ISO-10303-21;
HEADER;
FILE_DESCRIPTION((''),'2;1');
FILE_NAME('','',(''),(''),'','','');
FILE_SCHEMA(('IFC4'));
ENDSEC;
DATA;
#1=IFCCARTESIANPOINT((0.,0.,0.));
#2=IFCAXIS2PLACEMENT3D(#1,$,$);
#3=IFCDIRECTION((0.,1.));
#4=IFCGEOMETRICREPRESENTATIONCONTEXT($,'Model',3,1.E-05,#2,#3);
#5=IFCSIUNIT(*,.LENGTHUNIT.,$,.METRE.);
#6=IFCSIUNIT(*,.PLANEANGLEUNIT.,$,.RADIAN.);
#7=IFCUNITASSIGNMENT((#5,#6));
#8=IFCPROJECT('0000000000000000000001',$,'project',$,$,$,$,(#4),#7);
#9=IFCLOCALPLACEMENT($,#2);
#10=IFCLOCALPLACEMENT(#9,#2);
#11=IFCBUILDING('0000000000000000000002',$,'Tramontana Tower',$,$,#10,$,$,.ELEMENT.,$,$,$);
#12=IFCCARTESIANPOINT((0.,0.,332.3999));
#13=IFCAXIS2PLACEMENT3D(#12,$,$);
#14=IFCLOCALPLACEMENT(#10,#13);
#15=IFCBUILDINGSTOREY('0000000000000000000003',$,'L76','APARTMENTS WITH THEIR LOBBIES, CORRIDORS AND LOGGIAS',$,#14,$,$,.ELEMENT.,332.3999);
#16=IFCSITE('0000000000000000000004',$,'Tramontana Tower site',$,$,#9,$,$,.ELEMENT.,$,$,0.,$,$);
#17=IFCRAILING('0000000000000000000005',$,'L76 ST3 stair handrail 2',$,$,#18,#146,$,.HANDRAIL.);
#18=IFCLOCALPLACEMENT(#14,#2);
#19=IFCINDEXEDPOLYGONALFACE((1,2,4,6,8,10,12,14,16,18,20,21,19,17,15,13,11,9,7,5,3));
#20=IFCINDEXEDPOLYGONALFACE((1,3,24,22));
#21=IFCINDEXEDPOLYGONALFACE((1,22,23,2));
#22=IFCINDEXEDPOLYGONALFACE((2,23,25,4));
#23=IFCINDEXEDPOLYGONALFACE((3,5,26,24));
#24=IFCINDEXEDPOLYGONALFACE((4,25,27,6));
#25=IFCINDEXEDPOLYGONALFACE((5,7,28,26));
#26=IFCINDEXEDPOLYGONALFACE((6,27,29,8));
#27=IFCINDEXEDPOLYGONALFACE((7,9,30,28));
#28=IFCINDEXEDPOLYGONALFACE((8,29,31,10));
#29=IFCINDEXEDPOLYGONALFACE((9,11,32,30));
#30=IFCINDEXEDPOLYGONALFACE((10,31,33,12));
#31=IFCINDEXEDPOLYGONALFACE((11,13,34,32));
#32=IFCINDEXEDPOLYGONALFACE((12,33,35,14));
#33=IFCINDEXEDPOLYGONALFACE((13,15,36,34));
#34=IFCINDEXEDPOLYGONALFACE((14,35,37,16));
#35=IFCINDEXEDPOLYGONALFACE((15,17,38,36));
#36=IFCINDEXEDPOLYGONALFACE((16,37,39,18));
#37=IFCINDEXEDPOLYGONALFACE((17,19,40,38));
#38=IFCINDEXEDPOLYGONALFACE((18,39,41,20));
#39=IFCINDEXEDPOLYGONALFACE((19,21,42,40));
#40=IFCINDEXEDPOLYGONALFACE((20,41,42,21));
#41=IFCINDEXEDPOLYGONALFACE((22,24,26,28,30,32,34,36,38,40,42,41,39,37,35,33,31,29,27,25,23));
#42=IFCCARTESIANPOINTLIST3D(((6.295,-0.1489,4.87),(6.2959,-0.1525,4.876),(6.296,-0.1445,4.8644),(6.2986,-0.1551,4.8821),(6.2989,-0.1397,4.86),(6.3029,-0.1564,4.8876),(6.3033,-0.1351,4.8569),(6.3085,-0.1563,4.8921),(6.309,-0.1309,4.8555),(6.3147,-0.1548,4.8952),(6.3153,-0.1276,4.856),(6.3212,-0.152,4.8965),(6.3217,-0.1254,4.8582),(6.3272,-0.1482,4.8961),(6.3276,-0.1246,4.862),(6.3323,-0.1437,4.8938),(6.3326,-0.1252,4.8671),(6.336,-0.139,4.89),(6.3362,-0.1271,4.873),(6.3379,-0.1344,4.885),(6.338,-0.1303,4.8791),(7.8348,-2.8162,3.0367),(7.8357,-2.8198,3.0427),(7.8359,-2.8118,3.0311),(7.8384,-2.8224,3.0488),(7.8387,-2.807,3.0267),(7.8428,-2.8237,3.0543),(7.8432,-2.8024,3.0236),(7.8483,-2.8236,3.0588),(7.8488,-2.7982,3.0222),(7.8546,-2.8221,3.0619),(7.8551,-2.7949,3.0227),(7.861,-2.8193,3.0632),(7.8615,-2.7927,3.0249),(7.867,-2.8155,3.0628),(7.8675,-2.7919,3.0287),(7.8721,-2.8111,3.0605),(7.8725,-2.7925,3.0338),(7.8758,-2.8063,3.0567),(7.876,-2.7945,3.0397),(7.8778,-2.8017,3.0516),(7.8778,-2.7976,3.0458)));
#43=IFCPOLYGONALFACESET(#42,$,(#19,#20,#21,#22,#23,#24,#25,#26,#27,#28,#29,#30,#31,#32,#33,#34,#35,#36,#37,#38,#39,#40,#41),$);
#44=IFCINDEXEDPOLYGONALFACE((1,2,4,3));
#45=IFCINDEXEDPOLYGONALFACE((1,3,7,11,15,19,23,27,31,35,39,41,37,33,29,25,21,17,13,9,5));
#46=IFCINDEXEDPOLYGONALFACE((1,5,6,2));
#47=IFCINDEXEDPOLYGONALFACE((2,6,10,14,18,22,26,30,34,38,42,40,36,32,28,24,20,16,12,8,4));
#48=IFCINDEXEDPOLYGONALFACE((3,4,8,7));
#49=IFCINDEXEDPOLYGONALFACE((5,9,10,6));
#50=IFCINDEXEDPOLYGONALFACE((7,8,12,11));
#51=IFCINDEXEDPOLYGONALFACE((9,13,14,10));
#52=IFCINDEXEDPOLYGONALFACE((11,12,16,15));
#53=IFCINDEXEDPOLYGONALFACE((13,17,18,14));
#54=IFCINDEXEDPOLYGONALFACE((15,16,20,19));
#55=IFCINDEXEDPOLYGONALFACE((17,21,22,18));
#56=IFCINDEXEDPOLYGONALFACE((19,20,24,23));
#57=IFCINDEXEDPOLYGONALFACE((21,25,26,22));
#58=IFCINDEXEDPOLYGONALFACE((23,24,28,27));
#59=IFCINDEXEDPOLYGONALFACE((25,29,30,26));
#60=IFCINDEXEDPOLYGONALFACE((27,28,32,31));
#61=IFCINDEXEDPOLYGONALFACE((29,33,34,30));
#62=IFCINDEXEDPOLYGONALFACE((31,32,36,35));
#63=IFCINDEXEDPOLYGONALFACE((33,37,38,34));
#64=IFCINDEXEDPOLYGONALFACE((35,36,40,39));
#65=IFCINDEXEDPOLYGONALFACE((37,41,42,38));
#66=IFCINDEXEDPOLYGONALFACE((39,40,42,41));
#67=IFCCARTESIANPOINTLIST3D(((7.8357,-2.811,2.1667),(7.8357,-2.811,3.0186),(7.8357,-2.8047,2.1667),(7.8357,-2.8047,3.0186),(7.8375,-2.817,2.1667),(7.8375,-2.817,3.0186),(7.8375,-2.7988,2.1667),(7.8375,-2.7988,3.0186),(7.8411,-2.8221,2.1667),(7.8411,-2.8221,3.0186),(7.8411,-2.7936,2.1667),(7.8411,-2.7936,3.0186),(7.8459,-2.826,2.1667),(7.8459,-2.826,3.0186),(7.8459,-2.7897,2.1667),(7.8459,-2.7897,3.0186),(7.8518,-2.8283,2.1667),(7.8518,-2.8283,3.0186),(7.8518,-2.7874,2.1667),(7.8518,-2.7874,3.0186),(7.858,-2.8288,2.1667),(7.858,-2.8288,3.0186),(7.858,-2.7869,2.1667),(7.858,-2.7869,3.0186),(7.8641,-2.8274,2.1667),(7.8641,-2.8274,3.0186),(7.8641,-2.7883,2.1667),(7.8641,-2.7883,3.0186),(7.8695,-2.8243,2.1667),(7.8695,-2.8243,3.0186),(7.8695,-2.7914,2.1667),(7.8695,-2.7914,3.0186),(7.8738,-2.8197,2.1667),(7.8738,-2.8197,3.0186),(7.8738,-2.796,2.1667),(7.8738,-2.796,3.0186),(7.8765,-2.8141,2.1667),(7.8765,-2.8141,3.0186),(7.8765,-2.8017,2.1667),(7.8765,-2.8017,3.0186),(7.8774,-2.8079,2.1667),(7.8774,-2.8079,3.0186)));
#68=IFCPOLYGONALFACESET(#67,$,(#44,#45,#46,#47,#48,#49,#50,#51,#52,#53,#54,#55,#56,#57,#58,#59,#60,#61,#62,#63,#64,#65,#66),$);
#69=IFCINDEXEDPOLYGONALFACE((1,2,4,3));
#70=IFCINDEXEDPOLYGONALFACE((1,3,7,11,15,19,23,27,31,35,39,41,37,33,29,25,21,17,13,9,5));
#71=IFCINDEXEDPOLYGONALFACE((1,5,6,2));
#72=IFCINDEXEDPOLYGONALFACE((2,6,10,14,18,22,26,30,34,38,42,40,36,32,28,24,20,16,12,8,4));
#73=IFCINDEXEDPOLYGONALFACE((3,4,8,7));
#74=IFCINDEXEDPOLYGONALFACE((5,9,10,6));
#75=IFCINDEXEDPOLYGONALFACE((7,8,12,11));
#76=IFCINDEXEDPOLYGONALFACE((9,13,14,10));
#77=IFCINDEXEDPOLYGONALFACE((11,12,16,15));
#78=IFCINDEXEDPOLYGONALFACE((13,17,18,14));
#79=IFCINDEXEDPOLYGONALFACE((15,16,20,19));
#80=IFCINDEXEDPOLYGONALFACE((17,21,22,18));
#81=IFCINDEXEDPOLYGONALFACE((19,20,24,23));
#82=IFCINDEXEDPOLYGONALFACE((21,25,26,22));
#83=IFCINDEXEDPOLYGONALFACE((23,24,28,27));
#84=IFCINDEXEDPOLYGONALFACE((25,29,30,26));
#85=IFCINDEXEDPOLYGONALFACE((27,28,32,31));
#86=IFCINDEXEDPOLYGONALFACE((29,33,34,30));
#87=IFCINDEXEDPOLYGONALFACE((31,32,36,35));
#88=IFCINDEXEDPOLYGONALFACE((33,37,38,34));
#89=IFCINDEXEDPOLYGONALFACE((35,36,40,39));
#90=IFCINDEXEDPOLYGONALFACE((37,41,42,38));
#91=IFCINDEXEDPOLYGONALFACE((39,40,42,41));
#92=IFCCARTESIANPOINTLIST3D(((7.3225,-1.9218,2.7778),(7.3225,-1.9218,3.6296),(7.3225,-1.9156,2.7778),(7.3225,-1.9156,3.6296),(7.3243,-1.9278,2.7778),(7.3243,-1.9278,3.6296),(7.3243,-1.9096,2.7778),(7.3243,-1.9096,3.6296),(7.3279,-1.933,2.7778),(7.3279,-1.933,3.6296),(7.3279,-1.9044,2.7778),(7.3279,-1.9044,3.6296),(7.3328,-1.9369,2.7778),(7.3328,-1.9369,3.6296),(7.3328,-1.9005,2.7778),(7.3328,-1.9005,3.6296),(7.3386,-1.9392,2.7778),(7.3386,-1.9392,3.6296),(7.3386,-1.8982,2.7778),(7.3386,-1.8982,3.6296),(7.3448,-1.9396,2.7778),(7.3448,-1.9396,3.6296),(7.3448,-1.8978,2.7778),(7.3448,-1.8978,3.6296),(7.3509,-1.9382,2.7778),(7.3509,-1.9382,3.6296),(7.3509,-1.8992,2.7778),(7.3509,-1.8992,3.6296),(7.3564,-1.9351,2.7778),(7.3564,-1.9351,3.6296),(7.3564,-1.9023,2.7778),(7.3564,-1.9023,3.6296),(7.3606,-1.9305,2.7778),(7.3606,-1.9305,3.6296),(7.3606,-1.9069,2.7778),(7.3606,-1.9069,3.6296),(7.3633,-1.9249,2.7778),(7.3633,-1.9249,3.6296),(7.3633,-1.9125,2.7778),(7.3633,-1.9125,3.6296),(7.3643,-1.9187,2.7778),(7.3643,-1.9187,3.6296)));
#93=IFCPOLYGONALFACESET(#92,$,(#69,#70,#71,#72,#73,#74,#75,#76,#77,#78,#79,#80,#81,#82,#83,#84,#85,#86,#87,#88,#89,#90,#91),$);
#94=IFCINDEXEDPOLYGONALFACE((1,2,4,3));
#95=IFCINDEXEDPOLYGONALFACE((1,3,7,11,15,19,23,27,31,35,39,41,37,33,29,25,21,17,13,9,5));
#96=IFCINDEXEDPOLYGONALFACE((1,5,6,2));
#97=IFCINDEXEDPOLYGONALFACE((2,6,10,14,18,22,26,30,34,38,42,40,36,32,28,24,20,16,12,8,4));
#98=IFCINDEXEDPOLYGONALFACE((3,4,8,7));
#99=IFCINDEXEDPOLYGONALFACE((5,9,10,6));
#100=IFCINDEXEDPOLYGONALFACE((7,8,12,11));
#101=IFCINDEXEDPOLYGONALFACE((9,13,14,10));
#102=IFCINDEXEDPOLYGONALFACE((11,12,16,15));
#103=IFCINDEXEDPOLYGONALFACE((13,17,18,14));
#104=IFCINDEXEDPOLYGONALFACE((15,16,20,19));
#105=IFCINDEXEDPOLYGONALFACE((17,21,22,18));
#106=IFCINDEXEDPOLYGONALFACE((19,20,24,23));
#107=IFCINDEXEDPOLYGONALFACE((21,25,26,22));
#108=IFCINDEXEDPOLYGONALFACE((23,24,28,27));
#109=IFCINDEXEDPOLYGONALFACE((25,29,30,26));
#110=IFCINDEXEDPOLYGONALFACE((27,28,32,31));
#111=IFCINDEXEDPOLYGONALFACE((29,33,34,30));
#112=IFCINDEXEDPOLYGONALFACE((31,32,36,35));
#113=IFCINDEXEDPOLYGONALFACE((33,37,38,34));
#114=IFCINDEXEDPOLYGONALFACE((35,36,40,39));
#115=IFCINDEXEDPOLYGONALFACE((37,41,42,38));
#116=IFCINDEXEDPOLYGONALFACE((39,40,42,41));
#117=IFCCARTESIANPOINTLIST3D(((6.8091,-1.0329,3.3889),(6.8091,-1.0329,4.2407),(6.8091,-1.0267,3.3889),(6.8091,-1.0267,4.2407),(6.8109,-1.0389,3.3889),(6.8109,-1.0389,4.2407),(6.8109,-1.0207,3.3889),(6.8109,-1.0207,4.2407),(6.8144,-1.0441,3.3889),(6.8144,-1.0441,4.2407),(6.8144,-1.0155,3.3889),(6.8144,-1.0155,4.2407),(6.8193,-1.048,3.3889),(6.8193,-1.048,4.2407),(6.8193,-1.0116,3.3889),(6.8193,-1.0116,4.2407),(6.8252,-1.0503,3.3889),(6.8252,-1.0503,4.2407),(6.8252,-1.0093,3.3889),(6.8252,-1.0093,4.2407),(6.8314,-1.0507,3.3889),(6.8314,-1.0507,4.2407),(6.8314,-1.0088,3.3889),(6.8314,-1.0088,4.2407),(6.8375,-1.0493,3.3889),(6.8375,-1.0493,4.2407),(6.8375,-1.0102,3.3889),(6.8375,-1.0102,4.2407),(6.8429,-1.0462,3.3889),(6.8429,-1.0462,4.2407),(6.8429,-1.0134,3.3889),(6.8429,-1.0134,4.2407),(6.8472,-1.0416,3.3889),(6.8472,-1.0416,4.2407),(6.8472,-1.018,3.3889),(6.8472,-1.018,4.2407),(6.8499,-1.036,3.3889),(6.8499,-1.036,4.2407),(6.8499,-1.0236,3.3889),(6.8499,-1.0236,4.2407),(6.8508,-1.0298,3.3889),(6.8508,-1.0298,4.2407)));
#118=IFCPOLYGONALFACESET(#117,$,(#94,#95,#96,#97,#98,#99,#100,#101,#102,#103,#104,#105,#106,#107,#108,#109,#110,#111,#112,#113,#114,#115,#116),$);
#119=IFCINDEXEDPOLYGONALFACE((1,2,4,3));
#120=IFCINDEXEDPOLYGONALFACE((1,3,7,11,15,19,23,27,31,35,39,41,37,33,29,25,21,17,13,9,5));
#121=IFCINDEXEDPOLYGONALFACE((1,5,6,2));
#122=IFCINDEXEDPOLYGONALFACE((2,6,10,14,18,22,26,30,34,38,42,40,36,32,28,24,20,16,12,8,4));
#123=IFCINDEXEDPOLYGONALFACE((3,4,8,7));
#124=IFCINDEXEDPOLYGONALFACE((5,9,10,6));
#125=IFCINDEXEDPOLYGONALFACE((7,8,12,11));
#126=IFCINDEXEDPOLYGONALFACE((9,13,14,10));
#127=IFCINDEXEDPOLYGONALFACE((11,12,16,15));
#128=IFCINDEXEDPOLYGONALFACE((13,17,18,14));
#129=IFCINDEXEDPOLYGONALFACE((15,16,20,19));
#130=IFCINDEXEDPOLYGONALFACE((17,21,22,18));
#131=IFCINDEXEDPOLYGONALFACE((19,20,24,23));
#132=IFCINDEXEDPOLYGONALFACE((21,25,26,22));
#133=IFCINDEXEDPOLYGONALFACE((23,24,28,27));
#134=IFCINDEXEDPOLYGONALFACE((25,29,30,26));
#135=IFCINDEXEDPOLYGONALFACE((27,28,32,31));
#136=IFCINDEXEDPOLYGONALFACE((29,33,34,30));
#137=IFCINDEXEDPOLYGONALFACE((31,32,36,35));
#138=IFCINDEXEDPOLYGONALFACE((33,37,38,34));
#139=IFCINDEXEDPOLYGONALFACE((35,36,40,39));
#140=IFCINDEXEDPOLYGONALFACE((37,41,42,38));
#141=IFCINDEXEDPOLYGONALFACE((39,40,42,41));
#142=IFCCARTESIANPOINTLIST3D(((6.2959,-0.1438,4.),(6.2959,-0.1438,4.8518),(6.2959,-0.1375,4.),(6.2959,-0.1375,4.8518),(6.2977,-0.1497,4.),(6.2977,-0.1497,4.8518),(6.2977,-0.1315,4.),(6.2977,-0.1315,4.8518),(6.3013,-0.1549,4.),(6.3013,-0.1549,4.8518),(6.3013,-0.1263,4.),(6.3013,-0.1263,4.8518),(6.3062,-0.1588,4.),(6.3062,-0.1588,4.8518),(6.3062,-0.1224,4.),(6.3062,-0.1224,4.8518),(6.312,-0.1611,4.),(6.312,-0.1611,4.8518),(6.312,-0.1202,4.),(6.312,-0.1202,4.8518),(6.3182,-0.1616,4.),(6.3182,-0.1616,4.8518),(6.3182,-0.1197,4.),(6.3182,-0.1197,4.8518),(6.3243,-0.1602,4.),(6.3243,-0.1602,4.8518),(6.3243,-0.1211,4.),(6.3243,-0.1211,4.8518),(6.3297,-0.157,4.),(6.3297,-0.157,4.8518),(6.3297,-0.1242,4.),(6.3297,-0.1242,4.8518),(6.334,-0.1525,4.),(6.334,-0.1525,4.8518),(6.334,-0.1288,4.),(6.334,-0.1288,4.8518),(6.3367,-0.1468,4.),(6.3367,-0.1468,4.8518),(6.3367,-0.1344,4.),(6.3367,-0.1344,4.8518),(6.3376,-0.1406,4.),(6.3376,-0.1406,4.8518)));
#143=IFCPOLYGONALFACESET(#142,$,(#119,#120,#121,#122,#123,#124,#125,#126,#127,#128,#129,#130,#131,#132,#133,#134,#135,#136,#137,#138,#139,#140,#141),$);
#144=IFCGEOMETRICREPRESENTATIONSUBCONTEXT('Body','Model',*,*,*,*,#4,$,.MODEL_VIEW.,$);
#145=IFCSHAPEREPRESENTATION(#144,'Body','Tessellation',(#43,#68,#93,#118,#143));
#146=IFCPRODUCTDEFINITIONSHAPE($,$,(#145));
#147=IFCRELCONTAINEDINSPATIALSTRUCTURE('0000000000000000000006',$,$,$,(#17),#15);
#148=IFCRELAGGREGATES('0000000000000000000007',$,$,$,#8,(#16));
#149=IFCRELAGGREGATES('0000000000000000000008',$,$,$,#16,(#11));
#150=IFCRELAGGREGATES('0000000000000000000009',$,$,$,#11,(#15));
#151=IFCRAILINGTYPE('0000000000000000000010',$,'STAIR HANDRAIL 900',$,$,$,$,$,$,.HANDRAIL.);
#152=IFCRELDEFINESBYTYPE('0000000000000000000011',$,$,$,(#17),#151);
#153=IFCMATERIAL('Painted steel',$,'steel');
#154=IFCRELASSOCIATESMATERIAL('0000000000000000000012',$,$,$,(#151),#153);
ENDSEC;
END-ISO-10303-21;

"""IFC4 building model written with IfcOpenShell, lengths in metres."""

from ifc_helpers import new_model, si_unit, direction, frame, origin, origin_2d, place, context, subcontext, project, spatial, circle, extrude, material, type_object, element, save


model = new_model("IFC4")

# Units and contexts
model_context = context("Model", 3, precision=1e-05, world=origin(), true_north=direction((0.0, 1.0)))
body_context = subcontext(model_context, "Body", "Model", "MODEL_VIEW")
ifc_project = project(units=[si_unit("LENGTHUNIT", "METRE"), si_unit("PLANEANGLEUNIT", "RADIAN")], contexts=[model_context])

# Site, building, storey
site_placement = place(None, origin())
site = spatial("IfcSite", under=ifc_project, at=site_placement, Name="Tramontana Tower site", CompositionType="ELEMENT", RefElevation=0.0)
building_placement = place(site_placement, origin())
building = spatial("IfcBuilding", under=site, at=building_placement, Name="Tramontana Tower", CompositionType="ELEMENT")
storey_placement = place(building_placement, frame((0.0, 0.0, 332.3999)))
storey = spatial("IfcBuildingStorey", under=building, at=storey_placement, Name="L76", Description="APARTMENTS WITH THEIR LOBBIES, CORRIDORS AND LOGGIAS", CompositionType="ELEMENT", Elevation=332.3999)

# Railing
ifc_material_1 = material(Name="Painted steel", Category="steel")
railing_type_1 = type_object("IfcRailingType", Name="STAIR HANDRAIL 900", PredefinedType="HANDRAIL", material=ifc_material_1)
railing_1_placement = place(storey_placement, frame((7.8564, -2.8079, 2.1667)))
element("IfcRailing", 1, at=railing_1_placement, inside=storey, type_object=railing_type_1, Name="L76 ST3 stair handrail 2", PredefinedType="HANDRAIL", context=body_context, shape_type="SweptSolid", body=[
    extrude(circle(Radius=0.0239, at=origin_2d()), frame((0.0, 0.0, 0.876), z_axis=(-0.429616, 0.744181, 0.511493), x_axis=(-0.866044, -0.499967, 0.0)), (0.0, 0.0, 1.0), 3.5842),
    extrude(circle(Radius=0.021, at=origin_2d()), origin(), (0.0, 0.0, 1.0), 0.8518),
    extrude(circle(Radius=0.021, at=origin_2d()), frame((-0.5132, 0.8892, 0.6111)), (0.0, 0.0, 1.0), 0.8518),
    extrude(circle(Radius=0.021, at=origin_2d()), frame((-1.0266, 1.7781, 1.2222)), (0.0, 0.0, 1.0), 0.8518),
    extrude(circle(Radius=0.021, at=origin_2d()), frame((-1.5398, 2.6672, 1.8333)), (0.0, 0.0, 1.0), 0.8518),
])

save(model, "model.ifc")
